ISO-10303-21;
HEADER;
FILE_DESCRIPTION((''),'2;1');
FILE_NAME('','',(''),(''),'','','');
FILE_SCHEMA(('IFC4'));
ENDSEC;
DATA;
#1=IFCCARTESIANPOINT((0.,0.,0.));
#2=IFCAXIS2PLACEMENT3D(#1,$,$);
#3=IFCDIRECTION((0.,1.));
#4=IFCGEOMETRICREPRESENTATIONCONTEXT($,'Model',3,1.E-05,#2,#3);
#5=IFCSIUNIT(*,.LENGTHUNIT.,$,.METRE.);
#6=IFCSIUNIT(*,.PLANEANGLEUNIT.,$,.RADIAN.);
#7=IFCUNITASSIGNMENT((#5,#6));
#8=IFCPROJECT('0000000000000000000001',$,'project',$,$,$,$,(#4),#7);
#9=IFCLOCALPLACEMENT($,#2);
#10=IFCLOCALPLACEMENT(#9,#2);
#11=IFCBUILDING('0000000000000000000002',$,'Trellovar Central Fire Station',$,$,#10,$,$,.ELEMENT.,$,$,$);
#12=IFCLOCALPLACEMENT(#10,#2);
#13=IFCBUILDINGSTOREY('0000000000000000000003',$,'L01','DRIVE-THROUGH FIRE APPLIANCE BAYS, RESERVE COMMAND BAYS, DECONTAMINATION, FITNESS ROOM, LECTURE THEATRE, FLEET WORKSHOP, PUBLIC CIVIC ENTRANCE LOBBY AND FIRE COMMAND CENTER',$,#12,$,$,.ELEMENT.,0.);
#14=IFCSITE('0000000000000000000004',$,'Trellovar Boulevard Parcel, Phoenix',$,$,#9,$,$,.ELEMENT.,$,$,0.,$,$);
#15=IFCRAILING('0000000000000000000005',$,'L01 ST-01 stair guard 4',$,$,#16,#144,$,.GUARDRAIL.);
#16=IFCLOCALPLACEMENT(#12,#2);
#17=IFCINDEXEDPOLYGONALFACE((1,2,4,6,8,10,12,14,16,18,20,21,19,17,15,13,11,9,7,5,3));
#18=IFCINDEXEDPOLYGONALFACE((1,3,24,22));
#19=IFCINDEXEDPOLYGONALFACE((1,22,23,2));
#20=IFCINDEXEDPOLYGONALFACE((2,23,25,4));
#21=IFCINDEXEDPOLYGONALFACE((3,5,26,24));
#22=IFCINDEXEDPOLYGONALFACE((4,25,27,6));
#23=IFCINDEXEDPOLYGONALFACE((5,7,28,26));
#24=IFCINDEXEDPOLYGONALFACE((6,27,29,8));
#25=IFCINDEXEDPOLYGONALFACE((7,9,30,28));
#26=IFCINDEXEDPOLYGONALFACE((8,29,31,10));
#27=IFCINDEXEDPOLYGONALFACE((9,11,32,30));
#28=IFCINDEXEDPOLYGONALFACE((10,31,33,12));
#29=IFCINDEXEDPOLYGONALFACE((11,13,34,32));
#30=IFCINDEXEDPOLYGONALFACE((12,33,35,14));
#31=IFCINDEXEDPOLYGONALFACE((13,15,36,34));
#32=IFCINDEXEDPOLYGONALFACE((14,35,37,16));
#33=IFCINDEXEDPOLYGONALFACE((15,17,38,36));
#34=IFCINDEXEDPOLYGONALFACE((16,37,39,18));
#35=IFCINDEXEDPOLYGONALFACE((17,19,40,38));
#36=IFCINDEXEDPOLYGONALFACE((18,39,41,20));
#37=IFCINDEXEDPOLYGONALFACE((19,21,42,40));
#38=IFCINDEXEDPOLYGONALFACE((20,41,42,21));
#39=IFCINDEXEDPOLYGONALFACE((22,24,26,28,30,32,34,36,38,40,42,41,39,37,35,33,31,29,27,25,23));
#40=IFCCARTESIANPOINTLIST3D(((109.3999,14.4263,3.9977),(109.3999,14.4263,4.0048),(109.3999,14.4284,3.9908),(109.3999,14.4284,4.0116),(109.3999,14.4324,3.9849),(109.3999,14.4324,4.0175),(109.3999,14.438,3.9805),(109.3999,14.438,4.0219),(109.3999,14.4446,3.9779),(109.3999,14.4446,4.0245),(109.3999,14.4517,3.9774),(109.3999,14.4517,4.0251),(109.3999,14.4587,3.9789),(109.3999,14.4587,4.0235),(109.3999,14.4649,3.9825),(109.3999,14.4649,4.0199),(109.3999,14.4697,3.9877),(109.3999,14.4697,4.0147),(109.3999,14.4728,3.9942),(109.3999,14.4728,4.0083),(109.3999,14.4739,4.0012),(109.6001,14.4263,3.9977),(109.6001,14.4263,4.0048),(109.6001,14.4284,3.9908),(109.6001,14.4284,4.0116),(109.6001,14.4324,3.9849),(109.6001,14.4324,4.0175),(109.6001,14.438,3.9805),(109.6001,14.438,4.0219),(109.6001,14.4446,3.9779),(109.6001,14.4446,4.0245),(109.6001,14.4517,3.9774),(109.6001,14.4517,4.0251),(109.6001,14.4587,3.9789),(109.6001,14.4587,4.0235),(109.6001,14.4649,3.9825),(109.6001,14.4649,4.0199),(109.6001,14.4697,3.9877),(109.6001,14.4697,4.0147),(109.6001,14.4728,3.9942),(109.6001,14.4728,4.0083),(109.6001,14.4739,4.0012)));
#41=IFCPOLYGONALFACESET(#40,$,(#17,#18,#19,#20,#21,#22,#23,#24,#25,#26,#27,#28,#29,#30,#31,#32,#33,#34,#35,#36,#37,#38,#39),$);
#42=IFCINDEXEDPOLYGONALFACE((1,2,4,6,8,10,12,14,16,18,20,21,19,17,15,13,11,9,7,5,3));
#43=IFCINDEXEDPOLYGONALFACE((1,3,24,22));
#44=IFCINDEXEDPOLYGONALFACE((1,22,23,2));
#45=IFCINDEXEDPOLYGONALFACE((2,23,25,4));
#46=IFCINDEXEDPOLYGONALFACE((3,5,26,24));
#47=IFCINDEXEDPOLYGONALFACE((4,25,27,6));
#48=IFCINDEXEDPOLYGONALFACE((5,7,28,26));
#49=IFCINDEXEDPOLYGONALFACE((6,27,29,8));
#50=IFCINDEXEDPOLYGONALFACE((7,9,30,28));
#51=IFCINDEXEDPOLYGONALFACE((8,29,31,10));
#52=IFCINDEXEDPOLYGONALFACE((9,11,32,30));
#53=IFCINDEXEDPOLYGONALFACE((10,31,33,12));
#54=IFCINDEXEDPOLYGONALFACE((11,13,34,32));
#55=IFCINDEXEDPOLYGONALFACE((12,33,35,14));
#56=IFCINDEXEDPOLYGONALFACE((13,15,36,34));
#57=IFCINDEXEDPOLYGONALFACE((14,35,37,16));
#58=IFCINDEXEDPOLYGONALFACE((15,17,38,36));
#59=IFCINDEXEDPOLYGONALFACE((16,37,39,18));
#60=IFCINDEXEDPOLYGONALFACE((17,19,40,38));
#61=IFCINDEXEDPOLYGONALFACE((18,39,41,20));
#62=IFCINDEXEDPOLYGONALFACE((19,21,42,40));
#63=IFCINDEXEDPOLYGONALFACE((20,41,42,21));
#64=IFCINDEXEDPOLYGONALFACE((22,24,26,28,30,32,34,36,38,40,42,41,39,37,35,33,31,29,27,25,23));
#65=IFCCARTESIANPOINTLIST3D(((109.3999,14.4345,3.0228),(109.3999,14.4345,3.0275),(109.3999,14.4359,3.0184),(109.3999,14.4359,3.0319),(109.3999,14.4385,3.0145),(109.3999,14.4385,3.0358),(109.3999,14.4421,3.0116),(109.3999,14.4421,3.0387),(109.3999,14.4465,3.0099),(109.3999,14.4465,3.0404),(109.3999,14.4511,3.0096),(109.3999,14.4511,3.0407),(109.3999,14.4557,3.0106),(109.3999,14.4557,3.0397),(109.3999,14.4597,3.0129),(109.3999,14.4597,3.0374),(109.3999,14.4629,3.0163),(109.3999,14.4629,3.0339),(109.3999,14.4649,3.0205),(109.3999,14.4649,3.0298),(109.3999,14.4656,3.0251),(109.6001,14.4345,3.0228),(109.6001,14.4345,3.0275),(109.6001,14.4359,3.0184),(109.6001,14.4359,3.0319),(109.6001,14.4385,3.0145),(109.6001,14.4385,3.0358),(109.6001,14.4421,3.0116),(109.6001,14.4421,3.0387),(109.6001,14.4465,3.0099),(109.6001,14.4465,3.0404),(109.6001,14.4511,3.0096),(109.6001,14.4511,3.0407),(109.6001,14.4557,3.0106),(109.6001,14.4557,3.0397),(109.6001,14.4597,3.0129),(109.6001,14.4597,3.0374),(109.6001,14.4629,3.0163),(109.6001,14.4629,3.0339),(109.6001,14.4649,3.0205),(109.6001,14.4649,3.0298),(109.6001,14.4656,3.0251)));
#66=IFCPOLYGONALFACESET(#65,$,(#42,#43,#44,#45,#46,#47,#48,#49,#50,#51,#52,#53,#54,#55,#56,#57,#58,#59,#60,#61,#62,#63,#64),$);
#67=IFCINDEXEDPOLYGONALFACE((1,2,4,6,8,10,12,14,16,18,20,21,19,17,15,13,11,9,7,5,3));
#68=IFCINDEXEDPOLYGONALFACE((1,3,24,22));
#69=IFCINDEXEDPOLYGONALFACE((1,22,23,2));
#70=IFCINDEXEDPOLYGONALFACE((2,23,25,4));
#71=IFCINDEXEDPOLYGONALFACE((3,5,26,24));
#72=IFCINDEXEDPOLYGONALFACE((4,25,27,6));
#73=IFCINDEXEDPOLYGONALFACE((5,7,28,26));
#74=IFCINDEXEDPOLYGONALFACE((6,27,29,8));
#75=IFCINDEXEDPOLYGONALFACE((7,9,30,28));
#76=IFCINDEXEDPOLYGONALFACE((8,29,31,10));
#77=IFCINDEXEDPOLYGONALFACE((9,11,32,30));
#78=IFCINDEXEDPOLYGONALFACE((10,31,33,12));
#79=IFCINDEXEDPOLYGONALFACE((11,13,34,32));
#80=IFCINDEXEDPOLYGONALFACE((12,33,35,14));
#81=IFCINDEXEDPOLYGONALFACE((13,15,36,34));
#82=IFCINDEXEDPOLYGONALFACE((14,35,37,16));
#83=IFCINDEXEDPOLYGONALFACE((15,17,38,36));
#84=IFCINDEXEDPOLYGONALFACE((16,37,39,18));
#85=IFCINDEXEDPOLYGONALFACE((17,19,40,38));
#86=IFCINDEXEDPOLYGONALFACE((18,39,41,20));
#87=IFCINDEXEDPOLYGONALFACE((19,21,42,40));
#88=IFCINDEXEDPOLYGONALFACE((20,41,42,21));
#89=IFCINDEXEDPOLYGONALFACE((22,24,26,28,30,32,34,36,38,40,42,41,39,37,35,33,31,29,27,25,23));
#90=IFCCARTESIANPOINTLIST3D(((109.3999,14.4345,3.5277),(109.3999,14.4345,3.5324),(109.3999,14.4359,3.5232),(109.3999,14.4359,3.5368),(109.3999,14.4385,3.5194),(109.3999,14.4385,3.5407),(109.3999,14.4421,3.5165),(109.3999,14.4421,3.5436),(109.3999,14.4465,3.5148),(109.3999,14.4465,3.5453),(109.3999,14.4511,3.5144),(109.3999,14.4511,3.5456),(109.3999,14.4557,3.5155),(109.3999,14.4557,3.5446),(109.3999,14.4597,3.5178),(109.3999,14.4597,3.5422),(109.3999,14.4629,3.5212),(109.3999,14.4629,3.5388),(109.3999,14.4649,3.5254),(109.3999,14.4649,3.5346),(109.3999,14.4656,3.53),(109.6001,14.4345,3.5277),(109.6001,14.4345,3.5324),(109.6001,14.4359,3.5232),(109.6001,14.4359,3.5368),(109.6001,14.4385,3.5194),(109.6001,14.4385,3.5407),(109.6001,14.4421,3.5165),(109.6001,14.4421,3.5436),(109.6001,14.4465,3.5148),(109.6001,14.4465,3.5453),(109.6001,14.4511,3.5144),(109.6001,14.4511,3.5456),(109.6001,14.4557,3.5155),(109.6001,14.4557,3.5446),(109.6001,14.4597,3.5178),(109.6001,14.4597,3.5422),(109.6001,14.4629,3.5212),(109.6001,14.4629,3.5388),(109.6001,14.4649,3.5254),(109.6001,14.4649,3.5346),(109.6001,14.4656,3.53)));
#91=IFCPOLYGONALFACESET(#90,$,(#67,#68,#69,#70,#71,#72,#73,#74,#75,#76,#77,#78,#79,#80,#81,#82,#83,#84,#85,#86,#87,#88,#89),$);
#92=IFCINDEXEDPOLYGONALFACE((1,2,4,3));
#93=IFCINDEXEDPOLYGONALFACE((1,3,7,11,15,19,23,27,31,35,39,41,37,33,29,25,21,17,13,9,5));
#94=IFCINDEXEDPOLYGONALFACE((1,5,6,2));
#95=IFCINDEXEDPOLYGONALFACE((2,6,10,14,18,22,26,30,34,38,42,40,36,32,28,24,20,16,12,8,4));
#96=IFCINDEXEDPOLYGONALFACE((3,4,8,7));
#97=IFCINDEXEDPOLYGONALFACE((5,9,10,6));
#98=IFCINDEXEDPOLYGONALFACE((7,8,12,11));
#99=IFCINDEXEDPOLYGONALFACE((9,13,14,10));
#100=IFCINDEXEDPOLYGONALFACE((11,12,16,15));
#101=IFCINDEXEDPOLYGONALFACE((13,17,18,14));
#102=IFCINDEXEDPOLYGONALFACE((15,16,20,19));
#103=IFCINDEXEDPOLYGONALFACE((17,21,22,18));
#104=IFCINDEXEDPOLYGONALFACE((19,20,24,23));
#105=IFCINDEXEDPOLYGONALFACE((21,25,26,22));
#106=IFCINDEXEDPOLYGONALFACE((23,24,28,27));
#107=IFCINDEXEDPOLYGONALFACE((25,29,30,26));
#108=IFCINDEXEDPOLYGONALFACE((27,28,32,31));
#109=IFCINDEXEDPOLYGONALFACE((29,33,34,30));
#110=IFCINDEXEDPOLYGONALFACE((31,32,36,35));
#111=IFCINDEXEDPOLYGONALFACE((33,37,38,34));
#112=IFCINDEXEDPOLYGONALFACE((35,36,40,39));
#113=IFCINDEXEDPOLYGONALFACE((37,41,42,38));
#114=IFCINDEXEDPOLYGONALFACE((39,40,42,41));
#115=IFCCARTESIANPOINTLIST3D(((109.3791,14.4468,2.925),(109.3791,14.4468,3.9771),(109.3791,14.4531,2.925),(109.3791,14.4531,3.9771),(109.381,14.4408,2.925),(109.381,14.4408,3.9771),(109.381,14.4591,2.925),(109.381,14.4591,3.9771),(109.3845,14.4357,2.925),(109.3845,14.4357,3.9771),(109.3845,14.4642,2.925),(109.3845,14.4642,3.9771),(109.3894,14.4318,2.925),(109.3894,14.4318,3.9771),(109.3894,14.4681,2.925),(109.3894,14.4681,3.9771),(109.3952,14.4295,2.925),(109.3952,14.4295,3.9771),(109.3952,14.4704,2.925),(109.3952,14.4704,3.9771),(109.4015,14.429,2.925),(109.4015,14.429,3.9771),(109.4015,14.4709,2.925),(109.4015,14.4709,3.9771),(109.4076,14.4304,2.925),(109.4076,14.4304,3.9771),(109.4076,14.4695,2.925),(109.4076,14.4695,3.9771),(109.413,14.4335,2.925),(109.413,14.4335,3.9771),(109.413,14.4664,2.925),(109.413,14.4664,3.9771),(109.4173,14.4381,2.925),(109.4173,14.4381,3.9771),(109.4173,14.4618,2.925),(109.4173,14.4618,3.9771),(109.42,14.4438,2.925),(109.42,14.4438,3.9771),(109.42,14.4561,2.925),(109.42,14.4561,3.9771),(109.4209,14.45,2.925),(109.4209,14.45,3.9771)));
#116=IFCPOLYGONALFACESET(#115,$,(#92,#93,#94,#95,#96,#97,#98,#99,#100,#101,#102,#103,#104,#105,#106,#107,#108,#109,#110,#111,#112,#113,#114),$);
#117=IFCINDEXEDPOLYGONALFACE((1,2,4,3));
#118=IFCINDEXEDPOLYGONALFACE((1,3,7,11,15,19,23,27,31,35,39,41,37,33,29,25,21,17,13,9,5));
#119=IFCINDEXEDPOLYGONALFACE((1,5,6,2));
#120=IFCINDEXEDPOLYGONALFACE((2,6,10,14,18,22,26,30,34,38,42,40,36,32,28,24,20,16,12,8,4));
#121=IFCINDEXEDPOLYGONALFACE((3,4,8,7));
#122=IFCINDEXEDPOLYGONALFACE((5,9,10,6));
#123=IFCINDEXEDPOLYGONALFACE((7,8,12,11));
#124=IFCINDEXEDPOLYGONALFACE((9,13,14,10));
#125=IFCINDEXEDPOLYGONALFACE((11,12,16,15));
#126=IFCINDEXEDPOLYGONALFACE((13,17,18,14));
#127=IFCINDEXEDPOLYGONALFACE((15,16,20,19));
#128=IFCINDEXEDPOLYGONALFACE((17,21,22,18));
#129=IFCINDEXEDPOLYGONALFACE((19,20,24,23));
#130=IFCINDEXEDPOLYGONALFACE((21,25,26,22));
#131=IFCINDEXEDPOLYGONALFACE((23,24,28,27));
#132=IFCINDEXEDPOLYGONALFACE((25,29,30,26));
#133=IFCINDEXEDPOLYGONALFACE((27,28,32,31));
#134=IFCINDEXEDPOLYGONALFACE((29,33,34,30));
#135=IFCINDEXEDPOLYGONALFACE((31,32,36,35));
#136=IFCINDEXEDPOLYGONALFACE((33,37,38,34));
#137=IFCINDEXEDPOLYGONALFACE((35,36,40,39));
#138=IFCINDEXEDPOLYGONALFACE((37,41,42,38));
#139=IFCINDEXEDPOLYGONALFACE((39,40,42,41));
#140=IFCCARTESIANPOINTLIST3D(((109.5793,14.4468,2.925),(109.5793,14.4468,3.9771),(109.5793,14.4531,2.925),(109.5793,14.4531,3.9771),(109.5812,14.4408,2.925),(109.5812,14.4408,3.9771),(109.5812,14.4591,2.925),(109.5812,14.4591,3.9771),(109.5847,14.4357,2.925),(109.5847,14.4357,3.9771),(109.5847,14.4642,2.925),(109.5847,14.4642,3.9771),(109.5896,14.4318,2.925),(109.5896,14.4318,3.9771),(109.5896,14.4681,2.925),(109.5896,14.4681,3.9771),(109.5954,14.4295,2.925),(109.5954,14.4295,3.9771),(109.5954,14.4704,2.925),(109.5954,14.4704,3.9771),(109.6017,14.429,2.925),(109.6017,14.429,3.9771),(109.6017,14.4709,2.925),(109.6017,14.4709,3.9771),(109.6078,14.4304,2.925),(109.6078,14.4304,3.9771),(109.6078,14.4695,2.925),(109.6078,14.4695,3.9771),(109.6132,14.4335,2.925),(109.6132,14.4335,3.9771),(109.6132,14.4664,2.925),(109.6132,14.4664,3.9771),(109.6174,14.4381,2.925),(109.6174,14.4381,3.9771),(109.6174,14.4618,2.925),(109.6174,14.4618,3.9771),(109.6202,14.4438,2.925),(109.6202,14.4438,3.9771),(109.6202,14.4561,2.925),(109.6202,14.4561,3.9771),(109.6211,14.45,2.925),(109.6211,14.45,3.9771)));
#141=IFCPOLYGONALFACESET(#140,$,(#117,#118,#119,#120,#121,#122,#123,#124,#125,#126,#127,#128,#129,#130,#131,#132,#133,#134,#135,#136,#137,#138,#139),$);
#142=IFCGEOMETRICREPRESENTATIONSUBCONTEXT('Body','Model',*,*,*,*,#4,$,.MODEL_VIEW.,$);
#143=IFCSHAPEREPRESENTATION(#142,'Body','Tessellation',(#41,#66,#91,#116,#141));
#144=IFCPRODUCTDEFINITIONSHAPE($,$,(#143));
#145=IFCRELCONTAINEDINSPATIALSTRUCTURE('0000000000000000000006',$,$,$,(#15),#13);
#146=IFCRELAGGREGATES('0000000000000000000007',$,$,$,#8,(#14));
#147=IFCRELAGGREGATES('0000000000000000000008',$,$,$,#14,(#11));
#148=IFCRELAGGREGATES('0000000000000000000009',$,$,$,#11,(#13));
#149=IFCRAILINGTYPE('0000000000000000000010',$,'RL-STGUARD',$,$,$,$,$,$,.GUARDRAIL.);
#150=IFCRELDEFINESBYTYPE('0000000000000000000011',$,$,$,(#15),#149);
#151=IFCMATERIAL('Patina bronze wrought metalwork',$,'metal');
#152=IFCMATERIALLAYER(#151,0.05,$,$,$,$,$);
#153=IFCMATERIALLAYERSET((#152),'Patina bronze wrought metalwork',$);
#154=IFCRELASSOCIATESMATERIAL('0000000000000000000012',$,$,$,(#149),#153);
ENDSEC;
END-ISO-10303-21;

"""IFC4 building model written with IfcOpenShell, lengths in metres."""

from ifc_helpers import new_model, si_unit, direction, frame, origin, origin_2d, place, context, subcontext, project, spatial, circle, extrude, material, layer, layer_set, type_object, element, save


model = new_model("IFC4")

# Units and contexts
model_context = context("Model", 3, precision=1e-05, world=origin(), true_north=direction((0.0, 1.0)))
body_context = subcontext(model_context, "Body", "Model", "MODEL_VIEW")
ifc_project = project(units=[si_unit("LENGTHUNIT", "METRE"), si_unit("PLANEANGLEUNIT", "RADIAN")], contexts=[model_context])

# Site, building, storey
site_placement = place(None, origin())
site = spatial("IfcSite", under=ifc_project, at=site_placement, Name="Trellovar Boulevard Parcel, Phoenix", CompositionType="ELEMENT", RefElevation=0.0)
building_placement = place(site_placement, origin())
building = spatial("IfcBuilding", under=site, at=building_placement, Name="Trellovar Central Fire Station", CompositionType="ELEMENT")
storey_placement = place(building_placement, origin())
storey = spatial("IfcBuildingStorey", under=building, at=storey_placement, Name="L01", Description="DRIVE-THROUGH FIRE APPLIANCE BAYS, RESERVE COMMAND BAYS, DECONTAMINATION, FITNESS ROOM, LECTURE THEATRE, FLEET WORKSHOP, PUBLIC CIVIC ENTRANCE LOBBY AND FIRE COMMAND CENTER", CompositionType="ELEMENT", Elevation=0.0)

# Railing
ifc_material_1 = material(Name="Patina bronze wrought metalwork", Category="metal")
ifc_layer_1 = layer(ifc_material_1, 0.05)
ifc_layer_set_1 = layer_set([ifc_layer_1], Name="Patina bronze wrought metalwork")
railing_type = type_object("IfcRailingType", Name="RL-STGUARD", PredefinedType="GUARDRAIL", material=ifc_layer_set_1)
railing_1_placement = place(storey_placement, frame((109.3999, 14.45, 2.925)))
element("IfcRailing", 1, at=railing_1_placement, inside=storey, type_object=railing_type, Name="L01 ST-01 stair guard 4", PredefinedType="GUARDRAIL", context=body_context, shape_type="SweptSolid", body=[
    extrude(circle(Radius=0.0239, at=origin_2d()), frame((0.0, 0.0, 1.0762), z_axis=(1.0, 0.0, 0.0), x_axis=(0.0, 1.0, 0.0)), (0.0, 0.0, 1.0), 0.2002),
    extrude(circle(Radius=0.0156, at=origin_2d()), frame((0.0, 0.0, 0.1001), z_axis=(1.0, 0.0, 0.0), x_axis=(0.0, 1.0, 0.0)), (0.0, 0.0, 1.0), 0.2002),
    extrude(circle(Radius=0.0156, at=origin_2d()), frame((0.0, 0.0, 0.605), z_axis=(1.0, 0.0, 0.0), x_axis=(0.0, 1.0, 0.0)), (0.0, 0.0, 1.0), 0.2002),
    extrude(circle(Radius=0.021, at=origin_2d()), origin(), (0.0, 0.0, 1.0), 1.052),
    extrude(circle(Radius=0.021, at=origin_2d()), frame((0.2002, 0.0, 0.0)), (0.0, 0.0, 1.0), 1.052),
])

save(model, "model.ifc")
